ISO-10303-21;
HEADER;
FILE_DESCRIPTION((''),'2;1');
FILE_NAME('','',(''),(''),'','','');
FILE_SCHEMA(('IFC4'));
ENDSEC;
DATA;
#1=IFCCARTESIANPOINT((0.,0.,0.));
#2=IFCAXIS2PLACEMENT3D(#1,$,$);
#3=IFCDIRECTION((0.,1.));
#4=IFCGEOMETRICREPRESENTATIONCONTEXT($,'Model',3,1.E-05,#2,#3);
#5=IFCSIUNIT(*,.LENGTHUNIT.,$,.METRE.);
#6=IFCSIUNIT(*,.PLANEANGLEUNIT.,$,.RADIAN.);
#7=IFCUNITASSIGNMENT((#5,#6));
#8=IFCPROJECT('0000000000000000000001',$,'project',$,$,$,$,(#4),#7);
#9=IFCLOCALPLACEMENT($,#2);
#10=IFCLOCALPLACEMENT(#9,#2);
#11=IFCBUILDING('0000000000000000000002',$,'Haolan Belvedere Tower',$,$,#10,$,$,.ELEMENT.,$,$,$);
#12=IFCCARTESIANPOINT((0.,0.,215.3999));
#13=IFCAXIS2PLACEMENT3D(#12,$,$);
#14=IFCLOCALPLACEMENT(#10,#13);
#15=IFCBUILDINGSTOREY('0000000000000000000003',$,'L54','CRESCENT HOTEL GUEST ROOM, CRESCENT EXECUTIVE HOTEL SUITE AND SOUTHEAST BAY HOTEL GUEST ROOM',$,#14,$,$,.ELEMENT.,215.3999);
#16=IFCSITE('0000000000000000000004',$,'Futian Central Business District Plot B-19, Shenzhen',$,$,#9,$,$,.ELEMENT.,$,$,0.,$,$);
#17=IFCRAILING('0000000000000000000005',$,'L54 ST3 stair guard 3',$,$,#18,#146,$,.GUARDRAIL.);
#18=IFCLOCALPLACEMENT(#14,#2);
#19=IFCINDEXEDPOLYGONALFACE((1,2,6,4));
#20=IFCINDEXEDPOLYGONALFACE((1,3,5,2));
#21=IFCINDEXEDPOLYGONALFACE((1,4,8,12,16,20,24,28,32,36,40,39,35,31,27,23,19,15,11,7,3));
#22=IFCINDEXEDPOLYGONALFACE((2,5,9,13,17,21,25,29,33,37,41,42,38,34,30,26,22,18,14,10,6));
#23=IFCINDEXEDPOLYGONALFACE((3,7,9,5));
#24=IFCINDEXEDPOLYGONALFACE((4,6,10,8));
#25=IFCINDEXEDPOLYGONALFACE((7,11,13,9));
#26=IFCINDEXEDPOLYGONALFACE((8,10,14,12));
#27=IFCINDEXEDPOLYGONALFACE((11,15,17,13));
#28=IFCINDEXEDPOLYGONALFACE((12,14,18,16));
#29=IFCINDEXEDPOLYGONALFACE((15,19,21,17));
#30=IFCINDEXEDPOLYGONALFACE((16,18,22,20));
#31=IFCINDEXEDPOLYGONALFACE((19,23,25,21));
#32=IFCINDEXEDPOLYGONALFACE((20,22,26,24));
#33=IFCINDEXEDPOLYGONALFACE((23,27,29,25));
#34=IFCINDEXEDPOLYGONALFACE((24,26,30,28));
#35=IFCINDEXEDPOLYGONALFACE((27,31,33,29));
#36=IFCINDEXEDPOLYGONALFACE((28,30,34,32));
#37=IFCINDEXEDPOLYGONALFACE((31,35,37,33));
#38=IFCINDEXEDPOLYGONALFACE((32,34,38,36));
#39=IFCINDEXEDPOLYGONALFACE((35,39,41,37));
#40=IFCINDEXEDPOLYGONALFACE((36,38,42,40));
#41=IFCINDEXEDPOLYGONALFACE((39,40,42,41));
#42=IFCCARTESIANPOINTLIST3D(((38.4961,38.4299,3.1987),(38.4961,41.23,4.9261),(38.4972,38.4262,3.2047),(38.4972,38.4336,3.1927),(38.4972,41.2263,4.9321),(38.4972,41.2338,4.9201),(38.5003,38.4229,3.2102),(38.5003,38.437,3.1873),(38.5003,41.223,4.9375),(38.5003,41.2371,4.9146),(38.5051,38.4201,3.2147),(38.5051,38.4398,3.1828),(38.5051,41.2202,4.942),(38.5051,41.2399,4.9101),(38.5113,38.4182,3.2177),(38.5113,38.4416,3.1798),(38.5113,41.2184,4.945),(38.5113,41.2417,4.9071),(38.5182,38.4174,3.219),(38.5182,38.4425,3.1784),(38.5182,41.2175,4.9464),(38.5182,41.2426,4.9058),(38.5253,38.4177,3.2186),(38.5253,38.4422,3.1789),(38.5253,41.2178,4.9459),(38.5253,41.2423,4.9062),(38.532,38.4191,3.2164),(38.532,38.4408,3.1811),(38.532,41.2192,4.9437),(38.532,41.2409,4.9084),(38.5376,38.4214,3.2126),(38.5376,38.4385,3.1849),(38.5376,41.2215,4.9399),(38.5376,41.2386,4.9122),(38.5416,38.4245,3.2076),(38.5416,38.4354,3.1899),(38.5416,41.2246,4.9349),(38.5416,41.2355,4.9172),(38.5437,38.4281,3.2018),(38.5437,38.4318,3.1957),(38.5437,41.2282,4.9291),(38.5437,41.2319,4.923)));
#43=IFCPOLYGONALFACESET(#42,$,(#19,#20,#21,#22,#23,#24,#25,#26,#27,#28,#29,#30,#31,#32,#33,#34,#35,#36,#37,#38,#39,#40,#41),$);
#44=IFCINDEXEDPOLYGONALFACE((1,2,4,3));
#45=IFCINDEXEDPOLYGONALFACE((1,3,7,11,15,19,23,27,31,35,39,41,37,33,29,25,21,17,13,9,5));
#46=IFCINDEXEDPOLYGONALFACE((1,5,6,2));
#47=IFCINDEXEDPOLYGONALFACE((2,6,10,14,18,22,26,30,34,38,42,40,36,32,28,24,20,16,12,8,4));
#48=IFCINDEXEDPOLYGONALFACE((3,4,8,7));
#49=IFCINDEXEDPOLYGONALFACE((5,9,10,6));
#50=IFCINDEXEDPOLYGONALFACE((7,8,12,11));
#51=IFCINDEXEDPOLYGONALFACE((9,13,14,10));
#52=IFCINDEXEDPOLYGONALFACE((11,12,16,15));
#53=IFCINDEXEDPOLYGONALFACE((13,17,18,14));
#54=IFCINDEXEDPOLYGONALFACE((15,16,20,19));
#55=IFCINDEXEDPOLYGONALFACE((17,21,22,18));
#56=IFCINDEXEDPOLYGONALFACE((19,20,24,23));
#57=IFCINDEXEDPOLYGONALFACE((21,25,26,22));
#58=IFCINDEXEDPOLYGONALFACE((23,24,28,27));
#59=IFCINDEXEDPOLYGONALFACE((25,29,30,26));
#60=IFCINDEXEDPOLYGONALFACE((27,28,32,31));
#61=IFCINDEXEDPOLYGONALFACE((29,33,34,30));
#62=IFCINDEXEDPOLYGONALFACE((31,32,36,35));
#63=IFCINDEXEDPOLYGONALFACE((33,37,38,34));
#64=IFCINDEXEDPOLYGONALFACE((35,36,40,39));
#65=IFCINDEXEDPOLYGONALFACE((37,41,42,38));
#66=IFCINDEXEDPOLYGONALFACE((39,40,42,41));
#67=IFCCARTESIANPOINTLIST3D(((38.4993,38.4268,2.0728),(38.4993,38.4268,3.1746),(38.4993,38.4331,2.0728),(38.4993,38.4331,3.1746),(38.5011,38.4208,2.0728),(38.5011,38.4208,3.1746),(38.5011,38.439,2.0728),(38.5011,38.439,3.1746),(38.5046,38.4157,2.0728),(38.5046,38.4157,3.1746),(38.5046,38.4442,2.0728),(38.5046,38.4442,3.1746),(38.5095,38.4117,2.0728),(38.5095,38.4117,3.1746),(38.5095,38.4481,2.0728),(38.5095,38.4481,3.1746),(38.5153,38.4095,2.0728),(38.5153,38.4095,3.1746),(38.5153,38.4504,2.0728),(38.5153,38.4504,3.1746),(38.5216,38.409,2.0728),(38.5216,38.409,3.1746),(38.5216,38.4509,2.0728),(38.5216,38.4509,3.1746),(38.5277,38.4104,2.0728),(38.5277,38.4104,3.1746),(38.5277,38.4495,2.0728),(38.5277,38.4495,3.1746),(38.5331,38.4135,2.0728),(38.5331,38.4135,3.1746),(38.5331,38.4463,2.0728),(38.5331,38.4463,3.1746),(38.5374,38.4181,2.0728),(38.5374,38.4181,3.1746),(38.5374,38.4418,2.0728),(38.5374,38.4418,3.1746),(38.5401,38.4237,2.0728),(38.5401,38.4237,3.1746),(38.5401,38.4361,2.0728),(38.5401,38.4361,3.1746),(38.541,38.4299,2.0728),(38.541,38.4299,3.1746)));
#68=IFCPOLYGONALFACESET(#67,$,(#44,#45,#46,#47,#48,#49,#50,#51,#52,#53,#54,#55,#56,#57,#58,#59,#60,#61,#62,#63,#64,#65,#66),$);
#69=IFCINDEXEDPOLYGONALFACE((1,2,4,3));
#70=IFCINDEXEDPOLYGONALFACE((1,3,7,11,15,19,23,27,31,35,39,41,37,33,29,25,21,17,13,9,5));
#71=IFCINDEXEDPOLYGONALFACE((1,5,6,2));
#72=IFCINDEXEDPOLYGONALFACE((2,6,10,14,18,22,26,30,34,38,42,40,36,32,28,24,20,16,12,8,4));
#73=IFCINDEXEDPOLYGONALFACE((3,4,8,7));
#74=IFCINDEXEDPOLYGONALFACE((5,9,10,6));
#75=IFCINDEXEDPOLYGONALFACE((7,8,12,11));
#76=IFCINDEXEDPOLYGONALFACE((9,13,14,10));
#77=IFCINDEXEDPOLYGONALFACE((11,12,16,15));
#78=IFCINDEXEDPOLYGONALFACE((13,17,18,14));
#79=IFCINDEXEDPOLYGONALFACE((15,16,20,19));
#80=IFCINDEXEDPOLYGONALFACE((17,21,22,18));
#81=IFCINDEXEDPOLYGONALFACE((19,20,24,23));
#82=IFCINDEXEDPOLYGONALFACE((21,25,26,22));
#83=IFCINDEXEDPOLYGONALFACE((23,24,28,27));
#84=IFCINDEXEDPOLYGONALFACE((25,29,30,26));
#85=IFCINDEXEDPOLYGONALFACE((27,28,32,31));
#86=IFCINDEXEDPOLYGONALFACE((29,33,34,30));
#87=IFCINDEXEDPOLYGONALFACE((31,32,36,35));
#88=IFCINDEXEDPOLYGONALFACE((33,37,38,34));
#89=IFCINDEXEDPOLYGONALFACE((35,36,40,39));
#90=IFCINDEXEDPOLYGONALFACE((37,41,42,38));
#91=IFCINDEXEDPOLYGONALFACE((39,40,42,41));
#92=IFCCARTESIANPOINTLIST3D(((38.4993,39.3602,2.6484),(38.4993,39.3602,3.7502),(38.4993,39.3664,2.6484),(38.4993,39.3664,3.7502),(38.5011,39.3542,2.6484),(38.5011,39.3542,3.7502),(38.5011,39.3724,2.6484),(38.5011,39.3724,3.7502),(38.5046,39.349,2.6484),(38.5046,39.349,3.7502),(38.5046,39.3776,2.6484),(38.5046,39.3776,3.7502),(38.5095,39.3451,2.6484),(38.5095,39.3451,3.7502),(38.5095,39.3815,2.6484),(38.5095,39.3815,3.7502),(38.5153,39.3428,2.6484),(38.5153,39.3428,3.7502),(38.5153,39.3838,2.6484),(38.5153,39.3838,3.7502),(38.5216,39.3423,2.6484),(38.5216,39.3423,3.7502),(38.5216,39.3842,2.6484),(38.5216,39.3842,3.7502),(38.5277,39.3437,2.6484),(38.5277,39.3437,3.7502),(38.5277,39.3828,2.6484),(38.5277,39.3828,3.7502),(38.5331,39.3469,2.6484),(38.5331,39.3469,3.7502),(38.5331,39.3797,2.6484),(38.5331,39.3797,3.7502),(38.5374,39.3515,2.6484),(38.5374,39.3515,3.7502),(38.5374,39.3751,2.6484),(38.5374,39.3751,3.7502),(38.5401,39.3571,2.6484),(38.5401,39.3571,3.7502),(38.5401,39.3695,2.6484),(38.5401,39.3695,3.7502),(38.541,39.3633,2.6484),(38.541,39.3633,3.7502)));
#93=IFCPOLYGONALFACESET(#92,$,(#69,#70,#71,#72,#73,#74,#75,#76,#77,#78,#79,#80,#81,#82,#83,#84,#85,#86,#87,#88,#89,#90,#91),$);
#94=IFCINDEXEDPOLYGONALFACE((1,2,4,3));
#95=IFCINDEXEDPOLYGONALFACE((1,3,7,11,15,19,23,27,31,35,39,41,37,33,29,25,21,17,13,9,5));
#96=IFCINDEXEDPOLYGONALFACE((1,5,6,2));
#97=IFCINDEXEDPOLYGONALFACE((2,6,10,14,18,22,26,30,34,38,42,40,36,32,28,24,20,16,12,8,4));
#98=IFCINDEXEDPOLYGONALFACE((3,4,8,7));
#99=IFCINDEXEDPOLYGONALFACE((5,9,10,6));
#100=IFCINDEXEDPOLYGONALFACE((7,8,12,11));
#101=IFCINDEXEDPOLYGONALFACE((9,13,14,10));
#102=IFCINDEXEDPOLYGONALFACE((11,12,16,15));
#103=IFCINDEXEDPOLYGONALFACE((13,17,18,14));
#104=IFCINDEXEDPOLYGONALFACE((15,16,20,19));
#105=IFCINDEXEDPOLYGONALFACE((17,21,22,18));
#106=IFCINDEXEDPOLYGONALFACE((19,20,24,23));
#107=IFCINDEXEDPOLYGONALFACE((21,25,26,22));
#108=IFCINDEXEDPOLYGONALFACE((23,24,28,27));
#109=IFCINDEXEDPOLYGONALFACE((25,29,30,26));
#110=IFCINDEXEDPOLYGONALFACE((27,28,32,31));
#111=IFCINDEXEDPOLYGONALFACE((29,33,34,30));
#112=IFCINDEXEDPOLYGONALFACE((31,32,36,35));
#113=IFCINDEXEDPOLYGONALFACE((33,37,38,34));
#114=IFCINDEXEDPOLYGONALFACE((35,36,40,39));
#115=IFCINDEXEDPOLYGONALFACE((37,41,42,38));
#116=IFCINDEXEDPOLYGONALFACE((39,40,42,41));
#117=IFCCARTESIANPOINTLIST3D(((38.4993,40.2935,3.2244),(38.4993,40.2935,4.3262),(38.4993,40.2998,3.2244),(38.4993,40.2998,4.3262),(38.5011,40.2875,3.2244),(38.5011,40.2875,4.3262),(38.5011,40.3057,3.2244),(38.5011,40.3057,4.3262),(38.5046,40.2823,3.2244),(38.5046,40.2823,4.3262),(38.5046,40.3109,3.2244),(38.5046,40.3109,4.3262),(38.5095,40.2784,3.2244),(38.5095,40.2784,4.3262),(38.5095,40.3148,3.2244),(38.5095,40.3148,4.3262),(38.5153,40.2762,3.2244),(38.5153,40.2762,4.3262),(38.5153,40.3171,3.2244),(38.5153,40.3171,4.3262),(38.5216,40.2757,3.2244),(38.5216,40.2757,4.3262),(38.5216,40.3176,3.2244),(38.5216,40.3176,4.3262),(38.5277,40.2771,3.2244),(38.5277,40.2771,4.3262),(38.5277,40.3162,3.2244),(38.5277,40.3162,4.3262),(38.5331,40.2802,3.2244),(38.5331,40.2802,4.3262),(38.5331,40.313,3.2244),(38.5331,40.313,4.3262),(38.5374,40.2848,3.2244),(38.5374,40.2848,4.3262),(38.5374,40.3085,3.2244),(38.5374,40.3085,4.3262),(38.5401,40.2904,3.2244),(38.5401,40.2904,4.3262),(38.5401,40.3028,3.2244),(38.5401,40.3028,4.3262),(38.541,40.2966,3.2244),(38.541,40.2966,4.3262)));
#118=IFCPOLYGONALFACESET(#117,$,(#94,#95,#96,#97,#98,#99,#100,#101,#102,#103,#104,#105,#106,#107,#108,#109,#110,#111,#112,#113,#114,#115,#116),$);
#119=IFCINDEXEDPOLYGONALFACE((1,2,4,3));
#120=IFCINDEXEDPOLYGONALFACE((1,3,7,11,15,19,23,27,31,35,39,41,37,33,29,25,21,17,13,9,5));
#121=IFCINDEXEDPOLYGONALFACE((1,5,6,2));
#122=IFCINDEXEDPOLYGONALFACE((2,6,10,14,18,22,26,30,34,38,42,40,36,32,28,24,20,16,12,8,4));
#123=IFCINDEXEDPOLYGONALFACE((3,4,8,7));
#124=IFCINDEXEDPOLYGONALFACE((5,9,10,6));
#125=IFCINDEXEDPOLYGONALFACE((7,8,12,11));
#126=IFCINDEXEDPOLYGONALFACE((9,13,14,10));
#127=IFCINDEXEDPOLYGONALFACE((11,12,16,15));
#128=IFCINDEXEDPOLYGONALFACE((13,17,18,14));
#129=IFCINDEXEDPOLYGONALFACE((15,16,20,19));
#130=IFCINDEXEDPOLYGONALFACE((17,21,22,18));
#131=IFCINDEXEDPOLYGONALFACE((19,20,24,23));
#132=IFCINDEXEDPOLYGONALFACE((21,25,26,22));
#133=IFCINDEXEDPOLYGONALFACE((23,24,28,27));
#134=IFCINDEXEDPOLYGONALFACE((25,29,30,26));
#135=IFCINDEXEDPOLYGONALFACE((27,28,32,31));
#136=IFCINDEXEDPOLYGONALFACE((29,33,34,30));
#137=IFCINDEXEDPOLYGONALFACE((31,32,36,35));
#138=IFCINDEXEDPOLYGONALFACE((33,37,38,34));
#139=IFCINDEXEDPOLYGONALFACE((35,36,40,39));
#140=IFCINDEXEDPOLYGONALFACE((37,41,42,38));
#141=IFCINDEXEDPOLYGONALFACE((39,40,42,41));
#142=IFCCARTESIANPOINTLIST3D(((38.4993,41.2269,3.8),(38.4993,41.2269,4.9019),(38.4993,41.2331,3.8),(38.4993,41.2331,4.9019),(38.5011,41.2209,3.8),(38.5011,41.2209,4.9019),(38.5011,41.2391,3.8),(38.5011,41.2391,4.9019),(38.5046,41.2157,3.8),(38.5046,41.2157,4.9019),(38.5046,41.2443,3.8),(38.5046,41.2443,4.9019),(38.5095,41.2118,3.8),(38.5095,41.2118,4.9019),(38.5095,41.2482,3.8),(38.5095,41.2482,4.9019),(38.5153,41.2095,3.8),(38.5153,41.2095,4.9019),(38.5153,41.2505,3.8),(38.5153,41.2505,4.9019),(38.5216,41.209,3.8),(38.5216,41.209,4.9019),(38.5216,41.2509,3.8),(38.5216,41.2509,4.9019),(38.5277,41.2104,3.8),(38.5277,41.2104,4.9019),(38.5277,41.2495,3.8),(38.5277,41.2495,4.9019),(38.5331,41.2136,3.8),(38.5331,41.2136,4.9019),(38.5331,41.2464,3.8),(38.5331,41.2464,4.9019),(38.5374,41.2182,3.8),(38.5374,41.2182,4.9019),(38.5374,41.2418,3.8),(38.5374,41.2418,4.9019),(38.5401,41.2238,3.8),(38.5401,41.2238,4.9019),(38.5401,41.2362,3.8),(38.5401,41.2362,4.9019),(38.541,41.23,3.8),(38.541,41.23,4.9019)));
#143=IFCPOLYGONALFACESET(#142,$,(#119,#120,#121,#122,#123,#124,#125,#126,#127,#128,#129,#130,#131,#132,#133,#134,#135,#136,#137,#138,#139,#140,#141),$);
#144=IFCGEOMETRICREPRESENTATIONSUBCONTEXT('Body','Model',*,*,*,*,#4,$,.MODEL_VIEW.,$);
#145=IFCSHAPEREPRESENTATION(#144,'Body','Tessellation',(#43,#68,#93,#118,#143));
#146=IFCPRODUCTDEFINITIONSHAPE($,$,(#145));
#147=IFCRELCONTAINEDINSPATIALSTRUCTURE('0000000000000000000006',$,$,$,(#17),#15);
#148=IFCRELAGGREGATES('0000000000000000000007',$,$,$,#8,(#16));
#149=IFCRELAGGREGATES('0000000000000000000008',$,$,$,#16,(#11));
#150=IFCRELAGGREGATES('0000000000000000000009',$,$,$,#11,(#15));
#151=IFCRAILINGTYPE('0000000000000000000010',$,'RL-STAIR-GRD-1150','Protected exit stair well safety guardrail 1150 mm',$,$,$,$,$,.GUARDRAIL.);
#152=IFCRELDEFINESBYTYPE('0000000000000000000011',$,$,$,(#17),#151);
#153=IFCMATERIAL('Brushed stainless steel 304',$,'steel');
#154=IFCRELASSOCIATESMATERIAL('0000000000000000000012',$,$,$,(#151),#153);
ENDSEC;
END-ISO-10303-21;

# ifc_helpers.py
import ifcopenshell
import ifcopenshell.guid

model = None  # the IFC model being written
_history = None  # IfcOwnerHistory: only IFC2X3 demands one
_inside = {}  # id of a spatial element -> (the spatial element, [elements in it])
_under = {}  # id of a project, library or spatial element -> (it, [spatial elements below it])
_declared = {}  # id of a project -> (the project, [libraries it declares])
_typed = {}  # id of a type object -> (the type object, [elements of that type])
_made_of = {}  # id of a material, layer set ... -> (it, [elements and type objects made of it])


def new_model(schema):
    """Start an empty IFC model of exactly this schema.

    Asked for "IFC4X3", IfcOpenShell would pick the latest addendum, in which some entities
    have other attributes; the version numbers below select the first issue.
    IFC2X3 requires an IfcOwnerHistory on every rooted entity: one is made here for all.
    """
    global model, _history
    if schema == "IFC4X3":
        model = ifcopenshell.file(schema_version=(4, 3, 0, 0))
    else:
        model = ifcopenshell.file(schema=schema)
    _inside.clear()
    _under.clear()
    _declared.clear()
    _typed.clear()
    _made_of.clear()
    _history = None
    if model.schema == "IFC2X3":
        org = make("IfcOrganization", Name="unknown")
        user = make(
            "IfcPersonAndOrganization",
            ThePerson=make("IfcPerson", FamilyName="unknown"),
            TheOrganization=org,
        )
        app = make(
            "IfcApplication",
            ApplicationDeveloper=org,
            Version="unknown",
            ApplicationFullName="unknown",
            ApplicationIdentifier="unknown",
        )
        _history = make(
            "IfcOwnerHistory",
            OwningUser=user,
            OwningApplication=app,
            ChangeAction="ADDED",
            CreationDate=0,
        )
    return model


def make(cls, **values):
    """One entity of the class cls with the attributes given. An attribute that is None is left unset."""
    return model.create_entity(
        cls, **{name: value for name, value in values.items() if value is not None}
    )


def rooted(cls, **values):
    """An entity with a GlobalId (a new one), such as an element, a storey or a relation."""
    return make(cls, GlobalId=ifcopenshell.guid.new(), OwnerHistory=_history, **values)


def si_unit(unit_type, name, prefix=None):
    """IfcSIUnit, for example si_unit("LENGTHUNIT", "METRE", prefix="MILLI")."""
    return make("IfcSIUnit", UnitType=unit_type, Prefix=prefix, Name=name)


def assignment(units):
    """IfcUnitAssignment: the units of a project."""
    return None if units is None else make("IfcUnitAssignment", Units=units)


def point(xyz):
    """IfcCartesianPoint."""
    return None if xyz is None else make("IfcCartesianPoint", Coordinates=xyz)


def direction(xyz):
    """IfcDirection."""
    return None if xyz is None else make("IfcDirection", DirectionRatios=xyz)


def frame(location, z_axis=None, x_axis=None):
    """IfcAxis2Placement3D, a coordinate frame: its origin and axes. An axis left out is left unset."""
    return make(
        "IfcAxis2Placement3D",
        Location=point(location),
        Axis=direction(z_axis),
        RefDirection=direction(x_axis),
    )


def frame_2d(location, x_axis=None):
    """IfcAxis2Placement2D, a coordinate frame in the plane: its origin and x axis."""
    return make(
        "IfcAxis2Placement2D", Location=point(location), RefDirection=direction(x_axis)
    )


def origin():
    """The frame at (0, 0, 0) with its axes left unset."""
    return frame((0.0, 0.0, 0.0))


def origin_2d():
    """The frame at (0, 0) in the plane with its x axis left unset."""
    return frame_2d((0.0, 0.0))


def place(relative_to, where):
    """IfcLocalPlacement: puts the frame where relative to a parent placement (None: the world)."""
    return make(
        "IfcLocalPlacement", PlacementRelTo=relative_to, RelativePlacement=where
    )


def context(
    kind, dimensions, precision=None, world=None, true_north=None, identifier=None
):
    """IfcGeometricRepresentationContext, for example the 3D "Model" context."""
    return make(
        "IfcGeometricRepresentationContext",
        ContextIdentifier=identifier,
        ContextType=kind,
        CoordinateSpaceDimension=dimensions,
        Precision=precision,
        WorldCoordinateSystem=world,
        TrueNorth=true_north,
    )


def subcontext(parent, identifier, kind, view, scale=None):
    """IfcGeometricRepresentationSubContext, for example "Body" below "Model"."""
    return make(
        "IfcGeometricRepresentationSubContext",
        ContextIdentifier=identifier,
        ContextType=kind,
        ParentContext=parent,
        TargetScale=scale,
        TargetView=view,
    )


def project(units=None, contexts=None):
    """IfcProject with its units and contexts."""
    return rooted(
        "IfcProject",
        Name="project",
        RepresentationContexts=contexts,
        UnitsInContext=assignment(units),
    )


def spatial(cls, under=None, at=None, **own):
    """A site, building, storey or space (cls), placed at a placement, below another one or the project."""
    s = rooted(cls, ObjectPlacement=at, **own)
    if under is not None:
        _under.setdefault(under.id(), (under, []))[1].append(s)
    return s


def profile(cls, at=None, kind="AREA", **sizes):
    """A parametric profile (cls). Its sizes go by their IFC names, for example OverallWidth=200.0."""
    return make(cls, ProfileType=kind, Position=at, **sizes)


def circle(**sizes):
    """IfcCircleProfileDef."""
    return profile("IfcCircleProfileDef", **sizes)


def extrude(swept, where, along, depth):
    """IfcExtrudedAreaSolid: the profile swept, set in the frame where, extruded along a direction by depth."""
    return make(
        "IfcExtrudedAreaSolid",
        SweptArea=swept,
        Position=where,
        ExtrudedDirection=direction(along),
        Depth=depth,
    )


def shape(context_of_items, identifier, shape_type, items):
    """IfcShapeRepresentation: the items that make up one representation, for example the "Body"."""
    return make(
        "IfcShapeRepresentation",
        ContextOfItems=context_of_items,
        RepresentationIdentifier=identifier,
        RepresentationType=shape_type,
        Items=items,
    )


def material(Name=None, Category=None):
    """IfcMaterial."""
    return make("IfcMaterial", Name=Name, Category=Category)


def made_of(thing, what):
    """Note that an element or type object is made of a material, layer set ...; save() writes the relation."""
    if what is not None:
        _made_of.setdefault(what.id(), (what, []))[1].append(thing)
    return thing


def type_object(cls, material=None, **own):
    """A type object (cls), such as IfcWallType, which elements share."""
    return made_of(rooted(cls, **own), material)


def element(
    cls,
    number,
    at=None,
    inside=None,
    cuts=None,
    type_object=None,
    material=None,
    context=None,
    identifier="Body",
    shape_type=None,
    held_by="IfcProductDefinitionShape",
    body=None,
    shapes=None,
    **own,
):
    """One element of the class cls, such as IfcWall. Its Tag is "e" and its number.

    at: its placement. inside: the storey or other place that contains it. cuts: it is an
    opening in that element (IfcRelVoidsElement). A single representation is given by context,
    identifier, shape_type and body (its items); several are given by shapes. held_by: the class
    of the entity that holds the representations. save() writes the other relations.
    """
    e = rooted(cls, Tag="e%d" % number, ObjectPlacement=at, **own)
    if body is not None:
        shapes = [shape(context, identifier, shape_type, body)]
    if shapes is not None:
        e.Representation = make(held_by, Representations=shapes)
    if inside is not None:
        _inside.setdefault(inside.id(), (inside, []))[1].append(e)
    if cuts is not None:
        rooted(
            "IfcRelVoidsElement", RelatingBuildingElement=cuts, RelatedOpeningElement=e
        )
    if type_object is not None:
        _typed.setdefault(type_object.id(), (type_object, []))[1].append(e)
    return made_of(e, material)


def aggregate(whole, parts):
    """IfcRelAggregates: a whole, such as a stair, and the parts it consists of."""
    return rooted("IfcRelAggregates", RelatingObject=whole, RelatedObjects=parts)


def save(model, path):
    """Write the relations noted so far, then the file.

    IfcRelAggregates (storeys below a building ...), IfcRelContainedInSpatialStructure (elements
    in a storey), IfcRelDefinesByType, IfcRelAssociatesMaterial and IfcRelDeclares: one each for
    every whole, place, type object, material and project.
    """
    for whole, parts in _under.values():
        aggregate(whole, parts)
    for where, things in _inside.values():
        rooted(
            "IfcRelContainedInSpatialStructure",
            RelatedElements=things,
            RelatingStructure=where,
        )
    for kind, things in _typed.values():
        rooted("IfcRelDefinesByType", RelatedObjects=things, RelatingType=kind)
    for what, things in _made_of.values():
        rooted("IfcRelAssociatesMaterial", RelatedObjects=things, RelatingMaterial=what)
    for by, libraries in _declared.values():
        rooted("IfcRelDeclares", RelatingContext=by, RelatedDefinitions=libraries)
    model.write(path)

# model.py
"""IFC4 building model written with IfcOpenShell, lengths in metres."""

from ifc_helpers import new_model, si_unit, direction, frame, origin, origin_2d, place, context, subcontext, project, spatial, circle, extrude, material, type_object, element, save


model = new_model("IFC4")

# Units and contexts
model_context = context("Model", 3, precision=1e-05, world=origin(), true_north=direction((0.0, 1.0)))
body_context = subcontext(model_context, "Body", "Model", "MODEL_VIEW")
ifc_project = project(units=[si_unit("LENGTHUNIT", "METRE"), si_unit("PLANEANGLEUNIT", "RADIAN")], contexts=[model_context])

# Site, building, storey
site_placement = place(None, origin())
site = spatial("IfcSite", under=ifc_project, at=site_placement, Name="Futian Central Business District Plot B-19, Shenzhen", CompositionType="ELEMENT", RefElevation=0.0)
building_placement = place(site_placement, origin())
building = spatial("IfcBuilding", under=site, at=building_placement, Name="Haolan Belvedere Tower", CompositionType="ELEMENT")
storey_placement = place(building_placement, frame((0.0, 0.0, 215.3999)))
storey = spatial("IfcBuildingStorey", under=building, at=storey_placement, Name="L54", Description="CRESCENT HOTEL GUEST ROOM, CRESCENT EXECUTIVE HOTEL SUITE AND SOUTHEAST BAY HOTEL GUEST ROOM", CompositionType="ELEMENT", Elevation=215.3999)

# Railing
ifc_material_1 = material(Name="Brushed stainless steel 304", Category="steel")
railing_type_1 = type_object("IfcRailingType", Name="RL-STAIR-GRD-1150", Description="Protected exit stair well safety guardrail 1150 mm", PredefinedType="GUARDRAIL", material=ifc_material_1)
railing_1_placement = place(storey_placement, frame((38.52, 38.4299, 2.0728)))
element("IfcRailing", 1, at=railing_1_placement, inside=storey, type_object=railing_type_1, Name="L54 ST3 stair guard 3", PredefinedType="GUARDRAIL", context=body_context, shape_type="SweptSolid", body=[
    extrude(circle(Radius=0.0239, at=origin_2d()), frame((0.0, 0.0, 1.126), z_axis=(0.0, 0.85109, 0.52502), x_axis=(-1.0, 0.0, 0.0)), (0.0, 0.0, 1.0), 3.29),
    extrude(circle(Radius=0.021, at=origin_2d()), origin(), (0.0, 0.0, 1.0), 1.1018),
    extrude(circle(Radius=0.021, at=origin_2d()), frame((0.0, 0.9333, 0.5757)), (0.0, 0.0, 1.0), 1.1018),
    extrude(circle(Radius=0.021, at=origin_2d()), frame((0.0, 1.8667, 1.1516)), (0.0, 0.0, 1.0), 1.1018),
    extrude(circle(Radius=0.021, at=origin_2d()), frame((0.0, 2.8, 1.7273)), (0.0, 0.0, 1.0), 1.1018),
])

save(model, "model.ifc")
